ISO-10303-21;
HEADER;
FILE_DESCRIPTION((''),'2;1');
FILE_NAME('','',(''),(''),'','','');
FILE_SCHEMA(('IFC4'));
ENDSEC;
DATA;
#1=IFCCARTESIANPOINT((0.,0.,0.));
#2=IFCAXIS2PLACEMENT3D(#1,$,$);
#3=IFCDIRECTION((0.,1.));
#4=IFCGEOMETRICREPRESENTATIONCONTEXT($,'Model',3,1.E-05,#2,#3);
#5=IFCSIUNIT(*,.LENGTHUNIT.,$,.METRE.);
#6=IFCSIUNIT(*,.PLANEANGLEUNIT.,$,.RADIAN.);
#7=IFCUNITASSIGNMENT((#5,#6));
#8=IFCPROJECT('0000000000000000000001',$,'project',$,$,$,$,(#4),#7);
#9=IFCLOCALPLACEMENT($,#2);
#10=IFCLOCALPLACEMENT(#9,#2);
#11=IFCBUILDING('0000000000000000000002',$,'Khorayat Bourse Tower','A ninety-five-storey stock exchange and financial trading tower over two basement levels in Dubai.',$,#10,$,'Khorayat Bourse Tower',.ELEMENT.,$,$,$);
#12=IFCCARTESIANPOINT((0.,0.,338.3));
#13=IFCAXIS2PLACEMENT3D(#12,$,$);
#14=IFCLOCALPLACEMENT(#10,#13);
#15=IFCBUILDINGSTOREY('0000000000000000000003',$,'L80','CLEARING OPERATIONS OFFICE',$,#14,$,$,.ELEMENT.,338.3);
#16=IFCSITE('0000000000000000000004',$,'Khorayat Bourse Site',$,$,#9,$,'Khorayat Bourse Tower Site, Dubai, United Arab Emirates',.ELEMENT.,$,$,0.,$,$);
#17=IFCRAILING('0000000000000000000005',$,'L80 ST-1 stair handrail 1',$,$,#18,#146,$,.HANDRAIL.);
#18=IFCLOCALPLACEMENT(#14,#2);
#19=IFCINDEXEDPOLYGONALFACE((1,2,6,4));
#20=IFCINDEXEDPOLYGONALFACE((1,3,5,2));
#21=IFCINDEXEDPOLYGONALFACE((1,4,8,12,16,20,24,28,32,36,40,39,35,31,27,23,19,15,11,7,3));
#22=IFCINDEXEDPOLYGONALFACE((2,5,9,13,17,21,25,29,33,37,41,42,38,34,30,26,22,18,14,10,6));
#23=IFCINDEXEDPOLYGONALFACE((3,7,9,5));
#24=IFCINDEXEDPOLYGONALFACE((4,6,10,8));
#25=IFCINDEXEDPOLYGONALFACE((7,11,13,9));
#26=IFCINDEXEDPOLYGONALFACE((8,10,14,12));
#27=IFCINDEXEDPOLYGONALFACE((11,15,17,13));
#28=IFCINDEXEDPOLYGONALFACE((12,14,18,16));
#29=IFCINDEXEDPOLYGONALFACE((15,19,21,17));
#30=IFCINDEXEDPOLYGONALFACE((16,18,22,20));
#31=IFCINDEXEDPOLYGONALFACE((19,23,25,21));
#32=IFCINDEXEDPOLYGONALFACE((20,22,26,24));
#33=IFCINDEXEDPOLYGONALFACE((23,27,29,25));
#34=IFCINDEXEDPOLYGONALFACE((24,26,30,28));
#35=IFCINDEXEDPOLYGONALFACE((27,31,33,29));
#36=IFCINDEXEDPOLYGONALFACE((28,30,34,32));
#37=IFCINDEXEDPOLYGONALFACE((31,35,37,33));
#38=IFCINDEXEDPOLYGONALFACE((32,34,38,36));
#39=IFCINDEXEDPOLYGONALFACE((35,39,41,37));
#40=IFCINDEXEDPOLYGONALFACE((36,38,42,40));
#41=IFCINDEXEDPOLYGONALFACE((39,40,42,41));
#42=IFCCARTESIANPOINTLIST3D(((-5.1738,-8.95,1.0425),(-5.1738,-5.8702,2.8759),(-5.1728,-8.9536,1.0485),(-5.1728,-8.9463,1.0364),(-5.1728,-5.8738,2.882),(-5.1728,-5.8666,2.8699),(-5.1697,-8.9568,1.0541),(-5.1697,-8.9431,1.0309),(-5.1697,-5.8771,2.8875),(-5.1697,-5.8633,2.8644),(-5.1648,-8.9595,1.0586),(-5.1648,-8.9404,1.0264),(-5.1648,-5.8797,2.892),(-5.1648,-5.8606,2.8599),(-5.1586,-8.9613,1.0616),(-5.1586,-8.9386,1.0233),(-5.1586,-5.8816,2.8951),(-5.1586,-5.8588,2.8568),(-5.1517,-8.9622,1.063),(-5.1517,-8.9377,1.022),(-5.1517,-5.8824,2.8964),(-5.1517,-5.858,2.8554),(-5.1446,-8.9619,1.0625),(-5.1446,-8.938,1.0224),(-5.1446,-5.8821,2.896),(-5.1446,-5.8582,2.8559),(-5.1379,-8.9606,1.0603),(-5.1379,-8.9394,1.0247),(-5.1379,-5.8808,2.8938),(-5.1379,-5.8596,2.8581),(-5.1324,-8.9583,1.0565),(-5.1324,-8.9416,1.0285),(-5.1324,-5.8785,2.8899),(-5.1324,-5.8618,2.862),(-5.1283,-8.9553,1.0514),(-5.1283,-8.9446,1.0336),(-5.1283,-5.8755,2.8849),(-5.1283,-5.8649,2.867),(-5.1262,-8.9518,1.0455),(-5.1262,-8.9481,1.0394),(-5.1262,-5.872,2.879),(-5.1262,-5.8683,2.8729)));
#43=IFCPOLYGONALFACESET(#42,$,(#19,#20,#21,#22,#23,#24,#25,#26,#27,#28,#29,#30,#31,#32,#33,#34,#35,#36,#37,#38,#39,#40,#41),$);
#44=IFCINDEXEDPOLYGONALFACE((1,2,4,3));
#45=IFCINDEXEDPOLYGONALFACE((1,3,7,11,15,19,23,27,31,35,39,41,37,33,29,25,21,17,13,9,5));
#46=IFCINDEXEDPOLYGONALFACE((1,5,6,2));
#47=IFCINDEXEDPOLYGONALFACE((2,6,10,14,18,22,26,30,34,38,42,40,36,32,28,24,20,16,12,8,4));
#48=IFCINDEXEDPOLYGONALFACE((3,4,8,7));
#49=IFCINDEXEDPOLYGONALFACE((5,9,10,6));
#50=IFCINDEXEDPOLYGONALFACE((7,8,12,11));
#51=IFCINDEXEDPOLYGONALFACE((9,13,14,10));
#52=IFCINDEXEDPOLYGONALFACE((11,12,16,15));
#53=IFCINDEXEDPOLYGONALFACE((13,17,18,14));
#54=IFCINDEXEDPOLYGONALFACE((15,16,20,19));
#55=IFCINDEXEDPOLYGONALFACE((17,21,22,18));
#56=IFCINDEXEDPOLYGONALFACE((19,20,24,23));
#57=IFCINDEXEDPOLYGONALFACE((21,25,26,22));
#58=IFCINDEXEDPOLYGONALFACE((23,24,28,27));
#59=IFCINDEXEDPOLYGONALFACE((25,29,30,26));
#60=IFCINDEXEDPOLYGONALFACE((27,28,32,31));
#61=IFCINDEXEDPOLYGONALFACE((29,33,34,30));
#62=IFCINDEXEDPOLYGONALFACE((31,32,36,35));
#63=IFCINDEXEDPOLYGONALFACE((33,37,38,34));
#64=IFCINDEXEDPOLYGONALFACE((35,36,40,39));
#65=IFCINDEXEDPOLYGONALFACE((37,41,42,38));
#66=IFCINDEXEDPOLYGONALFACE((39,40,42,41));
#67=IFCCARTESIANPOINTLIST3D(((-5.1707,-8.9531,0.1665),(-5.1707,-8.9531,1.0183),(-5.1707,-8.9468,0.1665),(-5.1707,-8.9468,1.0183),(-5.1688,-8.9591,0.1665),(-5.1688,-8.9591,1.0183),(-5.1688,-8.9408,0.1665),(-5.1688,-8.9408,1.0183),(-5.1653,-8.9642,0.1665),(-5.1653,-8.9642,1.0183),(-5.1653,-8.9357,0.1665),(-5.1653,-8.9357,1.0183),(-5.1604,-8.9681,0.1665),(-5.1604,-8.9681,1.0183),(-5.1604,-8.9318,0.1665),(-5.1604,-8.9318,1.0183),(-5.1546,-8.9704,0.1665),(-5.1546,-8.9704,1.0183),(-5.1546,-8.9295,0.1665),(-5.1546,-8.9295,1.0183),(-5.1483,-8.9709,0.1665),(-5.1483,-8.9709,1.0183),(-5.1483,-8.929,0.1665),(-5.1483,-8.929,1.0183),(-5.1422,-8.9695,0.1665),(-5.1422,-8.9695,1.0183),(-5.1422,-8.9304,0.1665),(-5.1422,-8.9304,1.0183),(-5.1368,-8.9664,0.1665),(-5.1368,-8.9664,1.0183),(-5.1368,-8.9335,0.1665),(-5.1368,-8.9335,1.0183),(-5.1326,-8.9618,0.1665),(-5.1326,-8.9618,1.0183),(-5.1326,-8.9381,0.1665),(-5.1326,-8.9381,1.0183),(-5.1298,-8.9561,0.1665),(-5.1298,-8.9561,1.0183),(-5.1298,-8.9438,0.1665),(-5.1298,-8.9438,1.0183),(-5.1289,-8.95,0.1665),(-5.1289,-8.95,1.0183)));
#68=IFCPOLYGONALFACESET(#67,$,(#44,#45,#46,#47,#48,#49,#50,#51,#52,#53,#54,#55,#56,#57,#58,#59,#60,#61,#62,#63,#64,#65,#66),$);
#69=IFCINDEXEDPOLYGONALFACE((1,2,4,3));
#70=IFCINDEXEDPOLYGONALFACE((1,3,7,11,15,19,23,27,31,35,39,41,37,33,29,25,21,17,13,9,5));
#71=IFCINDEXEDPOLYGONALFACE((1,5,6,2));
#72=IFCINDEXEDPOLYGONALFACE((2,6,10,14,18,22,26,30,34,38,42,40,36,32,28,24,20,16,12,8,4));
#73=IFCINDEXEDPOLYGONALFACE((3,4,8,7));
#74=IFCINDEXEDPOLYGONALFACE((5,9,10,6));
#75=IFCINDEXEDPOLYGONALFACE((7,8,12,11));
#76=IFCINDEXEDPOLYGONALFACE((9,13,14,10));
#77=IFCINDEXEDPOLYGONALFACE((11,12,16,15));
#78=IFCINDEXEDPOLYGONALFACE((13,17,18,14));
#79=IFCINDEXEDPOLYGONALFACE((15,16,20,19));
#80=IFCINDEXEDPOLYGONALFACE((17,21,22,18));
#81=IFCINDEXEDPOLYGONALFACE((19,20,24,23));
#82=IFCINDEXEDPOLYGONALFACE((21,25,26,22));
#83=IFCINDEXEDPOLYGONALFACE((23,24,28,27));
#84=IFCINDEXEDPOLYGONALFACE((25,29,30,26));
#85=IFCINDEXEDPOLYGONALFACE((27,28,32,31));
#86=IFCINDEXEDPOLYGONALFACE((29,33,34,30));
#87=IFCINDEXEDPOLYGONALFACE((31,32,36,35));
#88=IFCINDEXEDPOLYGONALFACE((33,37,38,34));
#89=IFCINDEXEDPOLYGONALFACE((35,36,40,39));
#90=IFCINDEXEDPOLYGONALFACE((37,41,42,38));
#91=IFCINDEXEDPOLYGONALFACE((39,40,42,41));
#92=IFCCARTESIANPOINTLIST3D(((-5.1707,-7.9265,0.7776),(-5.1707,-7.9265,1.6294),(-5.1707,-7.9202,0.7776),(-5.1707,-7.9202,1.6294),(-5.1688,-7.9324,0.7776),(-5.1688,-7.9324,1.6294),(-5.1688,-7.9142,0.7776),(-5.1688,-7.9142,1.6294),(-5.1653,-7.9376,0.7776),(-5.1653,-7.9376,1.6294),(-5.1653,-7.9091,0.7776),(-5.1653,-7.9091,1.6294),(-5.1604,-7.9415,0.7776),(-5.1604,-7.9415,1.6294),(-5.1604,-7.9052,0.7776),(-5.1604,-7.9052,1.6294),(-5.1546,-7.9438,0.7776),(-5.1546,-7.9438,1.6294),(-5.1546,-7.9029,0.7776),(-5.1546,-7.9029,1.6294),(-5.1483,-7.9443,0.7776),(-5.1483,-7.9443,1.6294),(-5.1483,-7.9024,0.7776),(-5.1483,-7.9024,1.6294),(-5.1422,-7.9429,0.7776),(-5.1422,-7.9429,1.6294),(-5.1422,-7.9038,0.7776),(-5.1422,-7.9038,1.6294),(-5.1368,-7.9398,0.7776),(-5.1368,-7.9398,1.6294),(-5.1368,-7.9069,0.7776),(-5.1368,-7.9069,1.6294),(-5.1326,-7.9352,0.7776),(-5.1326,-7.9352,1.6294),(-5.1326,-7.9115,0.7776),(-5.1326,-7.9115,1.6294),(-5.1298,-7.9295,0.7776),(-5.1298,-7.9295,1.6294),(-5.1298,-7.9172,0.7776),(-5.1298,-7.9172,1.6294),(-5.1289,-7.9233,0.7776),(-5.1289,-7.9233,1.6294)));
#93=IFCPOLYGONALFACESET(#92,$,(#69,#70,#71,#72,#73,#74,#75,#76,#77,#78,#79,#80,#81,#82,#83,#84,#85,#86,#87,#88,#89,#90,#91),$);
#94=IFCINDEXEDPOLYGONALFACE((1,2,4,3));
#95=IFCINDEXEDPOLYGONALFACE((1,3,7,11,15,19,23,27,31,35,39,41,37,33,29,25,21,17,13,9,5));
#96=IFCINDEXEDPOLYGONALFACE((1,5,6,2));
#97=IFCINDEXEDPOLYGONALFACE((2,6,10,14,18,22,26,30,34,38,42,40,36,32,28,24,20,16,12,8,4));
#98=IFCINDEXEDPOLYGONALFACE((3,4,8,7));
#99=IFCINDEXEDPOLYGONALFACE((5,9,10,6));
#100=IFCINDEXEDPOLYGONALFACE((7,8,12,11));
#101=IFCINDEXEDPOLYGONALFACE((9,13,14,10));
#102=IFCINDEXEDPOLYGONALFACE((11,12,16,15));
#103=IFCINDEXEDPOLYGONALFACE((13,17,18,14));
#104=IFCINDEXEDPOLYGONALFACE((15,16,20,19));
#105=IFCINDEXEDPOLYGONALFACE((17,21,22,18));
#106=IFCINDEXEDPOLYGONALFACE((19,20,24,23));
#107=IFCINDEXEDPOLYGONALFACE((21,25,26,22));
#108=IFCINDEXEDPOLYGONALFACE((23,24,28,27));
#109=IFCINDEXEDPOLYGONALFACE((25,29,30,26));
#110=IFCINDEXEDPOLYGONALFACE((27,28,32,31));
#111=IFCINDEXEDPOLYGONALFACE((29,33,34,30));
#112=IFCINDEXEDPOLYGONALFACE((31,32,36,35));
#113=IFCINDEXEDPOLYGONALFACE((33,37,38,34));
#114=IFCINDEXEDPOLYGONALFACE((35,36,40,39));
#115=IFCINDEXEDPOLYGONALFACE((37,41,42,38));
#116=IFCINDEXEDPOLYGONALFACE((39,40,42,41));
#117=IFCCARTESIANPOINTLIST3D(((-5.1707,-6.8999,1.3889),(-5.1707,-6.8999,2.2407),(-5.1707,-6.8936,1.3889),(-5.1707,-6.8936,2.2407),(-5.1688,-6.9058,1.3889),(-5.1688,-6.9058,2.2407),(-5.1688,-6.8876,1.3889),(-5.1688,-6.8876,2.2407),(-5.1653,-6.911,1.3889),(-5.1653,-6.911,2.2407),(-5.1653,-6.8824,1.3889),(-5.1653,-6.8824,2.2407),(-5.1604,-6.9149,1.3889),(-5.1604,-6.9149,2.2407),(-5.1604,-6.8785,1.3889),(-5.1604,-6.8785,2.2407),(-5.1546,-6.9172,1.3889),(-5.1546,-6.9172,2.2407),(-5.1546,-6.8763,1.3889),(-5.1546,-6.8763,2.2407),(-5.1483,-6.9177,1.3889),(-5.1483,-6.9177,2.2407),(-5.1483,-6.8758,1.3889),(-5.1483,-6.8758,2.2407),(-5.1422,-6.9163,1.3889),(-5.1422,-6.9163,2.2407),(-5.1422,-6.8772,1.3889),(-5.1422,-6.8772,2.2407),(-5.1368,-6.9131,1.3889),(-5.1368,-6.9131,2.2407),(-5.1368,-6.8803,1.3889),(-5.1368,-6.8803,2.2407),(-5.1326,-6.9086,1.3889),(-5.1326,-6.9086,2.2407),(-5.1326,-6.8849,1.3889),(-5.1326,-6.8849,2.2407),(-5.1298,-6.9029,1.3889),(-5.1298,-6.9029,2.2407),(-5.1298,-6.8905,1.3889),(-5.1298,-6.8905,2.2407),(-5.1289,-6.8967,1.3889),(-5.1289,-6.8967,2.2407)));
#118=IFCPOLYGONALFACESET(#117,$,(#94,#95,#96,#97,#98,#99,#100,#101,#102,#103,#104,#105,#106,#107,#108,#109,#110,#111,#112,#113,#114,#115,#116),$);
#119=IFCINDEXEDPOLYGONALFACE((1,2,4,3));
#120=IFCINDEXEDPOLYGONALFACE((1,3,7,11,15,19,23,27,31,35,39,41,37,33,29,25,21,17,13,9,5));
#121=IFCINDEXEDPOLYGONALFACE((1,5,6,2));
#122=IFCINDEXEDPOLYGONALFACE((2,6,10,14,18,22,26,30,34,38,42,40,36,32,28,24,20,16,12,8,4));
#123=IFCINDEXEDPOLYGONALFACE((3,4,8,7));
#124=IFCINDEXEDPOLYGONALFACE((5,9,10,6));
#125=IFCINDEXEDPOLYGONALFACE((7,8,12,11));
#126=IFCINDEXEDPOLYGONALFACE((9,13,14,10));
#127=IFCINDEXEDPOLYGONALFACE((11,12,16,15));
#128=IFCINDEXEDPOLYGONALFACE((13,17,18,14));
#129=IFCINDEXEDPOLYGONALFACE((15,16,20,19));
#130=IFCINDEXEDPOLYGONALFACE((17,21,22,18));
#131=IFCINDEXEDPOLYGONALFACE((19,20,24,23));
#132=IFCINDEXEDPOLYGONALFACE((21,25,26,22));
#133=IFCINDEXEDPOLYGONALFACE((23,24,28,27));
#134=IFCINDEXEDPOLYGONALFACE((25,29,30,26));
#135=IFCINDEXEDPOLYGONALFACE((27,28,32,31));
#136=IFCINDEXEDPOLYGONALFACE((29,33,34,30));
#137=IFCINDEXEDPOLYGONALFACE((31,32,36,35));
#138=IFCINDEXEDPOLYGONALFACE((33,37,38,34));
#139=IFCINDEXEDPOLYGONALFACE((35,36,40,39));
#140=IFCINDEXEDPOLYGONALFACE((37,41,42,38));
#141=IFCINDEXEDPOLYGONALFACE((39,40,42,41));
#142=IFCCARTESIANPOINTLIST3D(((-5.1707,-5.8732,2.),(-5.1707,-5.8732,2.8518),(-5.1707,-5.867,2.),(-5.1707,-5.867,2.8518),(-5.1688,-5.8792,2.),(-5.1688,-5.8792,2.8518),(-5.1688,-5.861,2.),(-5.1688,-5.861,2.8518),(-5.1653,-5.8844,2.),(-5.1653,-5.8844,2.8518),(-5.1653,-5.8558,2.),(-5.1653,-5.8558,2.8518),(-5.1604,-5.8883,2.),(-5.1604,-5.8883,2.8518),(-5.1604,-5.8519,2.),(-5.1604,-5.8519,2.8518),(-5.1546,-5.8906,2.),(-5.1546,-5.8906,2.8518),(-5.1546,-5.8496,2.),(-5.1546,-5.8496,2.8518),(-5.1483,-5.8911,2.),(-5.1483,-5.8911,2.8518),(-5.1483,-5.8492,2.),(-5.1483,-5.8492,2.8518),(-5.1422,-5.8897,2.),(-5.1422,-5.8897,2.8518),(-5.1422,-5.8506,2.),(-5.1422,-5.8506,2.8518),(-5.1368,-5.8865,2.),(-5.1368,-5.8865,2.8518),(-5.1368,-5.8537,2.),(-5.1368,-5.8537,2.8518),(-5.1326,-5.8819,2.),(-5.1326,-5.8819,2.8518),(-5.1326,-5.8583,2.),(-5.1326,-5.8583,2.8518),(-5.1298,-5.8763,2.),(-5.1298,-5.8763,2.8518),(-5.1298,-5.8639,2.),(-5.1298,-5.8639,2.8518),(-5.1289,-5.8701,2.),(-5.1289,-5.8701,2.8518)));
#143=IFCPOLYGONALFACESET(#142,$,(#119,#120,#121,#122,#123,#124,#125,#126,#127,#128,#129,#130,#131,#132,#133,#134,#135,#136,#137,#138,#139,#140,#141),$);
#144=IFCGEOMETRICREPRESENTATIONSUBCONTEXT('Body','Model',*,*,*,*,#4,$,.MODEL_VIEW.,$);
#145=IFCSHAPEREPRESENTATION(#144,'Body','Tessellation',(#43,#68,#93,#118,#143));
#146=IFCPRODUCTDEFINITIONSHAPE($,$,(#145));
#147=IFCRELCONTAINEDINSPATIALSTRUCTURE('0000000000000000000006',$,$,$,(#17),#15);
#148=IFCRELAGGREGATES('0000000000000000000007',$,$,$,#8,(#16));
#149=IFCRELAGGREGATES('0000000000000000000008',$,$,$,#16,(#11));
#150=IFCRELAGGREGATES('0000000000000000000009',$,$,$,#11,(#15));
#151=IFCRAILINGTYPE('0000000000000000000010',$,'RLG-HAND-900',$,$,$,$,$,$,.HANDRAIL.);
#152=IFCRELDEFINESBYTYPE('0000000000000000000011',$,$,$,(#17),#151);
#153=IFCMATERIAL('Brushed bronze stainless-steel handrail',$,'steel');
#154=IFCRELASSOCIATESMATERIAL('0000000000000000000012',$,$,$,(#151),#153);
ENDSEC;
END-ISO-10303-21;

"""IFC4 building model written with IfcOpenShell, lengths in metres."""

from ifc_helpers import new_model, si_unit, direction, frame, origin, origin_2d, place, context, subcontext, project, spatial, circle, extrude, source, transform, mapped, material, type_object, element, save


model = new_model("IFC4")

# Units and contexts
model_context = context("Model", 3, precision=1e-05, world=origin(), true_north=direction((0.0, 1.0)))
body_context = subcontext(model_context, "Body", "Model", "MODEL_VIEW")
ifc_project = project(units=[si_unit("LENGTHUNIT", "METRE"), si_unit("PLANEANGLEUNIT", "RADIAN")], contexts=[model_context])

# Site, building, storey
site_placement = place(None, origin())
site = spatial("IfcSite", under=ifc_project, at=site_placement, Name="Khorayat Bourse Site", LongName="Khorayat Bourse Tower Site, Dubai, United Arab Emirates", CompositionType="ELEMENT", RefElevation=0.0)
building_placement = place(site_placement, origin())
building = spatial("IfcBuilding", under=site, at=building_placement, Name="Khorayat Bourse Tower", Description="A ninety-five-storey stock exchange and financial trading tower over two basement levels in Dubai.", LongName="Khorayat Bourse Tower", CompositionType="ELEMENT")
storey_placement = place(building_placement, frame((0.0, 0.0, 338.3)))
storey = spatial("IfcBuildingStorey", under=building, at=storey_placement, Name="L80", Description="CLEARING OPERATIONS OFFICE", CompositionType="ELEMENT", Elevation=338.3)

# Railing
ifc_material_1 = material(Name="Brushed bronze stainless-steel handrail", Category="steel")
railing_type_1 = type_object("IfcRailingType", Name="RLG-HAND-900", PredefinedType="HANDRAIL", material=ifc_material_1)
shared_shape_1 = source(origin(), body_context, "Body", "SweptSolid", [
    extrude(circle(Radius=0.0239, at=origin_2d()), frame((0.0, 0.0, 0.876), z_axis=(0.0, 0.859261, 0.511538), x_axis=(-1.0, 0.0, 0.0)), (0.0, 0.0, 1.0), 3.5842),
    extrude(circle(Radius=0.021, at=origin_2d()), origin(), (0.0, 0.0, 1.0), 0.8518),
    extrude(circle(Radius=0.021, at=origin_2d()), frame((0.0, 1.0266, 0.6111)), (0.0, 0.0, 1.0), 0.8518),
    extrude(circle(Radius=0.021, at=origin_2d()), frame((0.0, 2.0532, 1.2224)), (0.0, 0.0, 1.0), 0.8518),
    extrude(circle(Radius=0.021, at=origin_2d()), frame((0.0, 3.0798, 1.8335)), (0.0, 0.0, 1.0), 0.8518),
])
railing_1_placement = place(storey_placement, frame((-5.1499, -8.95, 0.1665)))
element("IfcRailing", 1, at=railing_1_placement, inside=storey, type_object=railing_type_1, Name="L80 ST-1 stair handrail 1", PredefinedType="HANDRAIL", context=body_context, shape_type="MappedRepresentation", body=[
    mapped(shared_shape_1, transform((0.0, 0.0, 0.0), scale=1.0)),
])

save(model, "model.ifc")
